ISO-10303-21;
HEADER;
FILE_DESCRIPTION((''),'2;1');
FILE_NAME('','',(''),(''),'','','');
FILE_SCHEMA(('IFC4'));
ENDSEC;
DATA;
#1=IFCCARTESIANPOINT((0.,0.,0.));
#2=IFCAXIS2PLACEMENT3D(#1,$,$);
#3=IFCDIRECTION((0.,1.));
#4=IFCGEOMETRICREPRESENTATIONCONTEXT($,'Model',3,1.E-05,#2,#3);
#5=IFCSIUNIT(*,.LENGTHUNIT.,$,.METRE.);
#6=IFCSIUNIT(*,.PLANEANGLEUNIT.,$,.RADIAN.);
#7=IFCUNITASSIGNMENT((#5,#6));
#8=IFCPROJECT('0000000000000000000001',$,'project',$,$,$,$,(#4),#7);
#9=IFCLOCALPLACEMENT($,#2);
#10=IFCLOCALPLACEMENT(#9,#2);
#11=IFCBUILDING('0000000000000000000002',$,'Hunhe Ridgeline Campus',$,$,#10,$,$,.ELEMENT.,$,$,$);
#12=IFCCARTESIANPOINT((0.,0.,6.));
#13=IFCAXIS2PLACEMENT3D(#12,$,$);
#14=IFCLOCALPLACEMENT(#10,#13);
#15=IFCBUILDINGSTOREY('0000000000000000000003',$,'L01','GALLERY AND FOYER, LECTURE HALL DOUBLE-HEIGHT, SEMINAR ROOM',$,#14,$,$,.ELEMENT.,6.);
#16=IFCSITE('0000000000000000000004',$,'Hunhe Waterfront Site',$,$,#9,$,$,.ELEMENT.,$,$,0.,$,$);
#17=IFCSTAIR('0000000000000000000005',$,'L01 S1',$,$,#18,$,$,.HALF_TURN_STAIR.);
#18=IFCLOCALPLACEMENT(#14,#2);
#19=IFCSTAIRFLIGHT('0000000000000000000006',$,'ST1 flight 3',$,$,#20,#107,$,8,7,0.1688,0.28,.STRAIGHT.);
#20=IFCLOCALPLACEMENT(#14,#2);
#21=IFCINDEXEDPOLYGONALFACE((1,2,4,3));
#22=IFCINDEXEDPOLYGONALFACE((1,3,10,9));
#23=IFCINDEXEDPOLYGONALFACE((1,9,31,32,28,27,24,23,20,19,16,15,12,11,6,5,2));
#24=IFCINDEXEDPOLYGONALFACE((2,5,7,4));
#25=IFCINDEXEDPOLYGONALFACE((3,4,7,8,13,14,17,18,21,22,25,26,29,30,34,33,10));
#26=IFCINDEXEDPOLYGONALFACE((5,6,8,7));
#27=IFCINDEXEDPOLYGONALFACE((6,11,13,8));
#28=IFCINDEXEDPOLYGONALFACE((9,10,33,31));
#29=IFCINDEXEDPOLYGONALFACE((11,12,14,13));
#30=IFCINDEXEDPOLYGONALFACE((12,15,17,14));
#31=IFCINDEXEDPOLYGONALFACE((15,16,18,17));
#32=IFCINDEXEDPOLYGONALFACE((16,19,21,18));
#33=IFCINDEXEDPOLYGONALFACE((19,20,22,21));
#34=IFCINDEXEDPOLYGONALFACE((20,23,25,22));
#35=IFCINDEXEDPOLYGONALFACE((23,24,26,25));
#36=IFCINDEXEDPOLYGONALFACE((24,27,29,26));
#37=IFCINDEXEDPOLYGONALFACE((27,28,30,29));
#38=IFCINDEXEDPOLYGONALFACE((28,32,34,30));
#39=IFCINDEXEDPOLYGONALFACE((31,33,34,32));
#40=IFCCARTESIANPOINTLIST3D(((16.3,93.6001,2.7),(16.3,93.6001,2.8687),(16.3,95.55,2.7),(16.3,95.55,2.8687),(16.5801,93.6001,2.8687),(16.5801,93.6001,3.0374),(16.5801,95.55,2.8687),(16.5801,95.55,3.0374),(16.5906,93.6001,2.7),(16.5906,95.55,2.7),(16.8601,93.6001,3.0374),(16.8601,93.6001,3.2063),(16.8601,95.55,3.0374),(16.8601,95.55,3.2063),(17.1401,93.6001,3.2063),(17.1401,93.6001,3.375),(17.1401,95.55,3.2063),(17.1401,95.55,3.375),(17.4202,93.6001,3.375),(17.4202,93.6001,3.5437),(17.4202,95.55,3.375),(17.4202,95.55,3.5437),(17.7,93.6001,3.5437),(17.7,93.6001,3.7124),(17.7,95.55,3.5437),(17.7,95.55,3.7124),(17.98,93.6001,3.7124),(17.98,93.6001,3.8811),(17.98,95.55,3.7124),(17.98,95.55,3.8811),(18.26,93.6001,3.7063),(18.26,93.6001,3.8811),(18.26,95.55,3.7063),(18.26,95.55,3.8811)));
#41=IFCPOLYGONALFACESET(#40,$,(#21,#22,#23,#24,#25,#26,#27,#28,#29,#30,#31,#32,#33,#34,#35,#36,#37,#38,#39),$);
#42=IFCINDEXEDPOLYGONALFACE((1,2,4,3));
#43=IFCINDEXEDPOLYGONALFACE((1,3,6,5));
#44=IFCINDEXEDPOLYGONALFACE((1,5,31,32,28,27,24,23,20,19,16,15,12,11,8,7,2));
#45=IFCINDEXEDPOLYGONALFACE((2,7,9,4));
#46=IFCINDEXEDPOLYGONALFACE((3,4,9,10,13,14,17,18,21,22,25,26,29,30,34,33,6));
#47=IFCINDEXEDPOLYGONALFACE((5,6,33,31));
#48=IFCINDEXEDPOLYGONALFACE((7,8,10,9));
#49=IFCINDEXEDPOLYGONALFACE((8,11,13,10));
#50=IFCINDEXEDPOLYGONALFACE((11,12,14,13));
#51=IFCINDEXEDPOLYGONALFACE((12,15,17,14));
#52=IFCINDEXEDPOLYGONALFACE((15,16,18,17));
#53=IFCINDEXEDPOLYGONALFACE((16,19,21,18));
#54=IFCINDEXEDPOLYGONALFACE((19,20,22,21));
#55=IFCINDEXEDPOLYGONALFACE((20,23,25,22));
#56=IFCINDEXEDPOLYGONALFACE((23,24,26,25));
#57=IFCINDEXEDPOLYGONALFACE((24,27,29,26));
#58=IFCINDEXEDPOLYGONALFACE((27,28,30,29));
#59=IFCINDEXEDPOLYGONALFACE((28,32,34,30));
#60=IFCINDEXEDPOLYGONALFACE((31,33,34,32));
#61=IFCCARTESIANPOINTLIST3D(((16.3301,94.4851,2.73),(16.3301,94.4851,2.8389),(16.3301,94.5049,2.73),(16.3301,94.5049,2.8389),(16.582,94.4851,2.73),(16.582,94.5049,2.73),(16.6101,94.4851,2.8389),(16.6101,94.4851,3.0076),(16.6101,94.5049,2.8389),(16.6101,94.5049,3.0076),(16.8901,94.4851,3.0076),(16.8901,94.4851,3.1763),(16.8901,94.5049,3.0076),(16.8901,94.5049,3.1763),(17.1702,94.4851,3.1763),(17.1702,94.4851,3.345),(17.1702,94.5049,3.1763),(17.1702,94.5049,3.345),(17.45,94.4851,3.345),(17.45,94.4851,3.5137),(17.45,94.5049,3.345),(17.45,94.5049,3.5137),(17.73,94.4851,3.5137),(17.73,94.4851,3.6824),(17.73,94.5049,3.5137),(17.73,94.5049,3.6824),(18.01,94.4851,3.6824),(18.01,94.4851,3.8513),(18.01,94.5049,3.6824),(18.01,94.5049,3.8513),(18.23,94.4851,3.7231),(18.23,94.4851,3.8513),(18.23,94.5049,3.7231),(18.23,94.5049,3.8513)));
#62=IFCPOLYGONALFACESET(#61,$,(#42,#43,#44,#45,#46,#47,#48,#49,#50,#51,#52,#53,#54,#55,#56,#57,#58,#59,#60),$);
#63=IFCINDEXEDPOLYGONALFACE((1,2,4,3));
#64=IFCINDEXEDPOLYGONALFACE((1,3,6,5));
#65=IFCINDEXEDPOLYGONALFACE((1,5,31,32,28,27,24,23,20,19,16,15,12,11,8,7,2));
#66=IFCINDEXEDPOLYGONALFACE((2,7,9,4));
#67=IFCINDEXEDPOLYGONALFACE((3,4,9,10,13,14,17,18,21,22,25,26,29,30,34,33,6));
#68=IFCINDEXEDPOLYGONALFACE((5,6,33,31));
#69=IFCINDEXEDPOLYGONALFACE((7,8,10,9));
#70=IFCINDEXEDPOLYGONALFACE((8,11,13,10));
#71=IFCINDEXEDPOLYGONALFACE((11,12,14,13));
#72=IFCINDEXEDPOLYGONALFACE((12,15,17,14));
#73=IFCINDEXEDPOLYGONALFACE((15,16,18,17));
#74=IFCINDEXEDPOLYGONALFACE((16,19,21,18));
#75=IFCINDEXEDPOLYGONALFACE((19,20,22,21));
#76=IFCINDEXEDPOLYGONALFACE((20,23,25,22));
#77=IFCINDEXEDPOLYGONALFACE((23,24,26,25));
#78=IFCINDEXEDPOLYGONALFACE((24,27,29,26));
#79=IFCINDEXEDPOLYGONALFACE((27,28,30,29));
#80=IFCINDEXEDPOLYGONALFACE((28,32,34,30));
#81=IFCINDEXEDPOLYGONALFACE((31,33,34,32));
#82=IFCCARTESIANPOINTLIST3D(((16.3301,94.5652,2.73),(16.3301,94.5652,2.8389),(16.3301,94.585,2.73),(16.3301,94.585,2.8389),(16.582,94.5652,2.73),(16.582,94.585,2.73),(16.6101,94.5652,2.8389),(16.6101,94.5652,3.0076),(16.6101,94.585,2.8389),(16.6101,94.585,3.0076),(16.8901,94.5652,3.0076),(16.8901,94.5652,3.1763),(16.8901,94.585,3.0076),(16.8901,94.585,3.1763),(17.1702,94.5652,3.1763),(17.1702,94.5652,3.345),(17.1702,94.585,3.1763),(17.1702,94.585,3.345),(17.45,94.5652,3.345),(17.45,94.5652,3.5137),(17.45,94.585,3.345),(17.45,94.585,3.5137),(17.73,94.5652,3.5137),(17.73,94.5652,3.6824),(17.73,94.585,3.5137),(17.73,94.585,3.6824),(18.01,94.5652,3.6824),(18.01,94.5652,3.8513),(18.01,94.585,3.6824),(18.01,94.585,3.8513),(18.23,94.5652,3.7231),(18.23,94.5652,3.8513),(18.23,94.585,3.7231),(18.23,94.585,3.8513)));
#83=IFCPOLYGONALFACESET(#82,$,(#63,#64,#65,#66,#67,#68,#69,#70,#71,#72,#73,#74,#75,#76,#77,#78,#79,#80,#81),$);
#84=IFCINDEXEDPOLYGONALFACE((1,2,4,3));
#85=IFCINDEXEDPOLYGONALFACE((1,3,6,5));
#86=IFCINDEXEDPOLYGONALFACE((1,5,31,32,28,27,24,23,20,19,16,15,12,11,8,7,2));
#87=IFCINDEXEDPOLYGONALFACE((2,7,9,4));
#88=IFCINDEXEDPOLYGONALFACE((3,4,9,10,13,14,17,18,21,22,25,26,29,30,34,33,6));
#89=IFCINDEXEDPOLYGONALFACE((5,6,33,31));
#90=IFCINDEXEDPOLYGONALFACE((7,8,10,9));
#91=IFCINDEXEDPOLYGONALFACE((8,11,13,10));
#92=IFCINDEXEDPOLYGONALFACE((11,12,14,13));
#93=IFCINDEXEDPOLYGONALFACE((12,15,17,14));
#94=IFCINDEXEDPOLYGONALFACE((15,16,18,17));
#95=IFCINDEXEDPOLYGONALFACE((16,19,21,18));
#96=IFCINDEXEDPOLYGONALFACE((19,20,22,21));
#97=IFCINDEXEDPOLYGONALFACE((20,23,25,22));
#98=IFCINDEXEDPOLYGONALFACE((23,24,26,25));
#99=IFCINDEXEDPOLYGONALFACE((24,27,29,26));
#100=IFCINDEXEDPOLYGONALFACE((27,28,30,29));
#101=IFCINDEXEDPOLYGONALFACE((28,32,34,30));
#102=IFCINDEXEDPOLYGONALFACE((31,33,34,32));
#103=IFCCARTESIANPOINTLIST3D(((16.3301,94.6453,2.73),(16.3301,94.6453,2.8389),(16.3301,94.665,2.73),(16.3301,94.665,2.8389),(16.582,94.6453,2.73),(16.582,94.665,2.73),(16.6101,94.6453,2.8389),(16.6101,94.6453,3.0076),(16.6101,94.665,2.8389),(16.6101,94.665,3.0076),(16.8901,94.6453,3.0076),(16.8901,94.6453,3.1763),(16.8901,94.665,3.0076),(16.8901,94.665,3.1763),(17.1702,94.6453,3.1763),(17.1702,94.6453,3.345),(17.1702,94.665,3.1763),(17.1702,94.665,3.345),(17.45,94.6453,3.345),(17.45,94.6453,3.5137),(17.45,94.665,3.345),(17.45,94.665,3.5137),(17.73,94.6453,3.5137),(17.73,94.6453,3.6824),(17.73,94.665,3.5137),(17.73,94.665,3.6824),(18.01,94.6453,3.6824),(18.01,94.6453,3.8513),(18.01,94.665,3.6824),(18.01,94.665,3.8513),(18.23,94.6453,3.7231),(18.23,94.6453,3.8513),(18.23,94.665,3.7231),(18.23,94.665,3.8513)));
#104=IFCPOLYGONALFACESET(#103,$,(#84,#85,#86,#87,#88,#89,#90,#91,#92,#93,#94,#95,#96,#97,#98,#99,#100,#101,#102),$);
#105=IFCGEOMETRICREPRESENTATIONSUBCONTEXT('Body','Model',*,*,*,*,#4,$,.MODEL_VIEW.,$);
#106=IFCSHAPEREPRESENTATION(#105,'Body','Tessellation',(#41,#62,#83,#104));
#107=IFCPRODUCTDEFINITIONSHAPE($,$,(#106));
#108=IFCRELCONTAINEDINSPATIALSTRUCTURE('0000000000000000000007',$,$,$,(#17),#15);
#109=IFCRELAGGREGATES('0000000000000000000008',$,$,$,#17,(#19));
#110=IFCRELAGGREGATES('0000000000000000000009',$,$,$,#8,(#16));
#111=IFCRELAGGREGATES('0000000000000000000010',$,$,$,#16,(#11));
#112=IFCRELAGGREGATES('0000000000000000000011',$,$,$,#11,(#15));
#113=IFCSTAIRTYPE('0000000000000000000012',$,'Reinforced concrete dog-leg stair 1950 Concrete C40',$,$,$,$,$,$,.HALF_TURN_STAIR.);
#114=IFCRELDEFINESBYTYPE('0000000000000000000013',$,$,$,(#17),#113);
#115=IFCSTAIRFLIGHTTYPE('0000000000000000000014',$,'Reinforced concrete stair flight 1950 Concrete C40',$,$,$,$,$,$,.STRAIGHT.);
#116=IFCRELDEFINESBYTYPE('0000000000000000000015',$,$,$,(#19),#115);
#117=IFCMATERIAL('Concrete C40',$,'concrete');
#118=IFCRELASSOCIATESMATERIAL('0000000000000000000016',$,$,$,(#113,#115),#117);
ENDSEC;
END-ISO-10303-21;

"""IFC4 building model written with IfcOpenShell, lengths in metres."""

from ifc_helpers import new_model, si_unit, direction, frame, origin, place, context, subcontext, project, spatial, polyline, outline, extrude, material, type_object, element, aggregate, save


model = new_model("IFC4")

# Units and contexts
model_context = context("Model", 3, precision=1e-05, world=origin(), true_north=direction((0.0, 1.0)))
body_context = subcontext(model_context, "Body", "Model", "MODEL_VIEW")
ifc_project = project(units=[si_unit("LENGTHUNIT", "METRE"), si_unit("PLANEANGLEUNIT", "RADIAN")], contexts=[model_context])

# Site, building, storey
site_placement = place(None, origin())
site = spatial("IfcSite", under=ifc_project, at=site_placement, Name="Hunhe Waterfront Site", CompositionType="ELEMENT", RefElevation=0.0)
building_placement = place(site_placement, origin())
building = spatial("IfcBuilding", under=site, at=building_placement, Name="Hunhe Ridgeline Campus", CompositionType="ELEMENT")
storey_placement = place(building_placement, frame((0.0, 0.0, 6.0)))
storey = spatial("IfcBuildingStorey", under=building, at=storey_placement, Name="L01", Description="GALLERY AND FOYER, LECTURE HALL DOUBLE-HEIGHT, SEMINAR ROOM", CompositionType="ELEMENT", Elevation=6.0)

# Stair, stair flight
ifc_material_1 = material(Name="Concrete C40", Category="concrete")
stair_type = type_object("IfcStairType", Name="Reinforced concrete dog-leg stair 1950 Concrete C40", PredefinedType="HALF_TURN_STAIR", material=ifc_material_1)
stair_placement = place(storey_placement, origin())
stair = element("IfcStair", 1, at=stair_placement, inside=storey, type_object=stair_type, Name="L01 S1", PredefinedType="HALF_TURN_STAIR")
stair_flight_type = type_object("IfcStairFlightType", Name="Reinforced concrete stair flight 1950 Concrete C40", PredefinedType="STRAIGHT", material=ifc_material_1)
stair_flight_1_placement = place(storey_placement, frame((16.3, 94.575, 2.7), z_axis=(0.0, 0.0, 1.0), x_axis=(1.0, 0.0, 0.0)))
stair_flight_1 = element("IfcStairFlight", 2, at=stair_flight_1_placement, type_object=stair_flight_type, Name="ST1 flight 3", NumberOfRisers=8, NumberOfTreads=7, PredefinedType="STRAIGHT", RiserHeight=0.1688, TreadLength=0.28, context=body_context, shape_type="SweptSolid", body=[
    extrude(outline(polyline([(0.0, 0.0), (0.0, 0.1687), (0.28, 0.1687), (0.28, 0.3374), (0.5601, 0.3374), (0.5601, 0.5063), (0.8401, 0.5063), (0.8401, 0.675), (1.1201, 0.675), (1.1201, 0.8438), (1.3999, 0.8438), (1.3999, 1.0125), (1.6799, 1.0125), (1.6799, 1.1812), (1.96, 1.1812), (1.96, 1.3501), (1.96, 1.0063), (0.2905, 0.0), (0.0, 0.0)])), frame((0.0, 0.9751, 0.0), z_axis=(0.0, -1.0, 0.0), x_axis=(1.0, 0.0, 0.0)), (0.0, 0.0, 1.0), 1.95),
    extrude(outline(polyline([(0.03, 0.03), (0.03, 0.1389), (0.3101, 0.1389), (0.3101, 0.3076), (0.5901, 0.3076), (0.5901, 0.4763), (0.8701, 0.4763), (0.8701, 0.645), (1.1499, 0.645), (1.1499, 0.8137), (1.4299, 0.8137), (1.4299, 0.9824), (1.71, 0.9824), (1.71, 1.1514), (1.9299, 1.1514), (1.9299, 1.0232), (0.282, 0.03), (0.03, 0.03)])), frame((0.0, -0.0701, 0.0), z_axis=(0.0, -1.0, 0.0), x_axis=(1.0, 0.0, 0.0)), (0.0, 0.0, 1.0), 0.0198),
    extrude(outline(polyline([(0.03, 0.03), (0.03, 0.1389), (0.3101, 0.1389), (0.3101, 0.3076), (0.5901, 0.3076), (0.5901, 0.4763), (0.8701, 0.4763), (0.8701, 0.645), (1.1499, 0.645), (1.1499, 0.8137), (1.4299, 0.8137), (1.4299, 0.9824), (1.71, 0.9824), (1.71, 1.1514), (1.9299, 1.1514), (1.9299, 1.0232), (0.282, 0.03), (0.03, 0.03)])), frame((0.0, 0.01, 0.0), z_axis=(0.0, -1.0, 0.0), x_axis=(1.0, 0.0, 0.0)), (0.0, 0.0, 1.0), 0.0198),
    extrude(outline(polyline([(0.03, 0.03), (0.03, 0.1389), (0.3101, 0.1389), (0.3101, 0.3076), (0.5901, 0.3076), (0.5901, 0.4763), (0.8701, 0.4763), (0.8701, 0.645), (1.1499, 0.645), (1.1499, 0.8137), (1.4299, 0.8137), (1.4299, 0.9824), (1.71, 0.9824), (1.71, 1.1514), (1.9299, 1.1514), (1.9299, 1.0232), (0.282, 0.03), (0.03, 0.03)])), frame((0.0, 0.0901, 0.0), z_axis=(0.0, -1.0, 0.0), x_axis=(1.0, 0.0, 0.0)), (0.0, 0.0, 1.0), 0.0198),
])
aggregate(stair, [stair_flight_1])

save(model, "model.ifc")
